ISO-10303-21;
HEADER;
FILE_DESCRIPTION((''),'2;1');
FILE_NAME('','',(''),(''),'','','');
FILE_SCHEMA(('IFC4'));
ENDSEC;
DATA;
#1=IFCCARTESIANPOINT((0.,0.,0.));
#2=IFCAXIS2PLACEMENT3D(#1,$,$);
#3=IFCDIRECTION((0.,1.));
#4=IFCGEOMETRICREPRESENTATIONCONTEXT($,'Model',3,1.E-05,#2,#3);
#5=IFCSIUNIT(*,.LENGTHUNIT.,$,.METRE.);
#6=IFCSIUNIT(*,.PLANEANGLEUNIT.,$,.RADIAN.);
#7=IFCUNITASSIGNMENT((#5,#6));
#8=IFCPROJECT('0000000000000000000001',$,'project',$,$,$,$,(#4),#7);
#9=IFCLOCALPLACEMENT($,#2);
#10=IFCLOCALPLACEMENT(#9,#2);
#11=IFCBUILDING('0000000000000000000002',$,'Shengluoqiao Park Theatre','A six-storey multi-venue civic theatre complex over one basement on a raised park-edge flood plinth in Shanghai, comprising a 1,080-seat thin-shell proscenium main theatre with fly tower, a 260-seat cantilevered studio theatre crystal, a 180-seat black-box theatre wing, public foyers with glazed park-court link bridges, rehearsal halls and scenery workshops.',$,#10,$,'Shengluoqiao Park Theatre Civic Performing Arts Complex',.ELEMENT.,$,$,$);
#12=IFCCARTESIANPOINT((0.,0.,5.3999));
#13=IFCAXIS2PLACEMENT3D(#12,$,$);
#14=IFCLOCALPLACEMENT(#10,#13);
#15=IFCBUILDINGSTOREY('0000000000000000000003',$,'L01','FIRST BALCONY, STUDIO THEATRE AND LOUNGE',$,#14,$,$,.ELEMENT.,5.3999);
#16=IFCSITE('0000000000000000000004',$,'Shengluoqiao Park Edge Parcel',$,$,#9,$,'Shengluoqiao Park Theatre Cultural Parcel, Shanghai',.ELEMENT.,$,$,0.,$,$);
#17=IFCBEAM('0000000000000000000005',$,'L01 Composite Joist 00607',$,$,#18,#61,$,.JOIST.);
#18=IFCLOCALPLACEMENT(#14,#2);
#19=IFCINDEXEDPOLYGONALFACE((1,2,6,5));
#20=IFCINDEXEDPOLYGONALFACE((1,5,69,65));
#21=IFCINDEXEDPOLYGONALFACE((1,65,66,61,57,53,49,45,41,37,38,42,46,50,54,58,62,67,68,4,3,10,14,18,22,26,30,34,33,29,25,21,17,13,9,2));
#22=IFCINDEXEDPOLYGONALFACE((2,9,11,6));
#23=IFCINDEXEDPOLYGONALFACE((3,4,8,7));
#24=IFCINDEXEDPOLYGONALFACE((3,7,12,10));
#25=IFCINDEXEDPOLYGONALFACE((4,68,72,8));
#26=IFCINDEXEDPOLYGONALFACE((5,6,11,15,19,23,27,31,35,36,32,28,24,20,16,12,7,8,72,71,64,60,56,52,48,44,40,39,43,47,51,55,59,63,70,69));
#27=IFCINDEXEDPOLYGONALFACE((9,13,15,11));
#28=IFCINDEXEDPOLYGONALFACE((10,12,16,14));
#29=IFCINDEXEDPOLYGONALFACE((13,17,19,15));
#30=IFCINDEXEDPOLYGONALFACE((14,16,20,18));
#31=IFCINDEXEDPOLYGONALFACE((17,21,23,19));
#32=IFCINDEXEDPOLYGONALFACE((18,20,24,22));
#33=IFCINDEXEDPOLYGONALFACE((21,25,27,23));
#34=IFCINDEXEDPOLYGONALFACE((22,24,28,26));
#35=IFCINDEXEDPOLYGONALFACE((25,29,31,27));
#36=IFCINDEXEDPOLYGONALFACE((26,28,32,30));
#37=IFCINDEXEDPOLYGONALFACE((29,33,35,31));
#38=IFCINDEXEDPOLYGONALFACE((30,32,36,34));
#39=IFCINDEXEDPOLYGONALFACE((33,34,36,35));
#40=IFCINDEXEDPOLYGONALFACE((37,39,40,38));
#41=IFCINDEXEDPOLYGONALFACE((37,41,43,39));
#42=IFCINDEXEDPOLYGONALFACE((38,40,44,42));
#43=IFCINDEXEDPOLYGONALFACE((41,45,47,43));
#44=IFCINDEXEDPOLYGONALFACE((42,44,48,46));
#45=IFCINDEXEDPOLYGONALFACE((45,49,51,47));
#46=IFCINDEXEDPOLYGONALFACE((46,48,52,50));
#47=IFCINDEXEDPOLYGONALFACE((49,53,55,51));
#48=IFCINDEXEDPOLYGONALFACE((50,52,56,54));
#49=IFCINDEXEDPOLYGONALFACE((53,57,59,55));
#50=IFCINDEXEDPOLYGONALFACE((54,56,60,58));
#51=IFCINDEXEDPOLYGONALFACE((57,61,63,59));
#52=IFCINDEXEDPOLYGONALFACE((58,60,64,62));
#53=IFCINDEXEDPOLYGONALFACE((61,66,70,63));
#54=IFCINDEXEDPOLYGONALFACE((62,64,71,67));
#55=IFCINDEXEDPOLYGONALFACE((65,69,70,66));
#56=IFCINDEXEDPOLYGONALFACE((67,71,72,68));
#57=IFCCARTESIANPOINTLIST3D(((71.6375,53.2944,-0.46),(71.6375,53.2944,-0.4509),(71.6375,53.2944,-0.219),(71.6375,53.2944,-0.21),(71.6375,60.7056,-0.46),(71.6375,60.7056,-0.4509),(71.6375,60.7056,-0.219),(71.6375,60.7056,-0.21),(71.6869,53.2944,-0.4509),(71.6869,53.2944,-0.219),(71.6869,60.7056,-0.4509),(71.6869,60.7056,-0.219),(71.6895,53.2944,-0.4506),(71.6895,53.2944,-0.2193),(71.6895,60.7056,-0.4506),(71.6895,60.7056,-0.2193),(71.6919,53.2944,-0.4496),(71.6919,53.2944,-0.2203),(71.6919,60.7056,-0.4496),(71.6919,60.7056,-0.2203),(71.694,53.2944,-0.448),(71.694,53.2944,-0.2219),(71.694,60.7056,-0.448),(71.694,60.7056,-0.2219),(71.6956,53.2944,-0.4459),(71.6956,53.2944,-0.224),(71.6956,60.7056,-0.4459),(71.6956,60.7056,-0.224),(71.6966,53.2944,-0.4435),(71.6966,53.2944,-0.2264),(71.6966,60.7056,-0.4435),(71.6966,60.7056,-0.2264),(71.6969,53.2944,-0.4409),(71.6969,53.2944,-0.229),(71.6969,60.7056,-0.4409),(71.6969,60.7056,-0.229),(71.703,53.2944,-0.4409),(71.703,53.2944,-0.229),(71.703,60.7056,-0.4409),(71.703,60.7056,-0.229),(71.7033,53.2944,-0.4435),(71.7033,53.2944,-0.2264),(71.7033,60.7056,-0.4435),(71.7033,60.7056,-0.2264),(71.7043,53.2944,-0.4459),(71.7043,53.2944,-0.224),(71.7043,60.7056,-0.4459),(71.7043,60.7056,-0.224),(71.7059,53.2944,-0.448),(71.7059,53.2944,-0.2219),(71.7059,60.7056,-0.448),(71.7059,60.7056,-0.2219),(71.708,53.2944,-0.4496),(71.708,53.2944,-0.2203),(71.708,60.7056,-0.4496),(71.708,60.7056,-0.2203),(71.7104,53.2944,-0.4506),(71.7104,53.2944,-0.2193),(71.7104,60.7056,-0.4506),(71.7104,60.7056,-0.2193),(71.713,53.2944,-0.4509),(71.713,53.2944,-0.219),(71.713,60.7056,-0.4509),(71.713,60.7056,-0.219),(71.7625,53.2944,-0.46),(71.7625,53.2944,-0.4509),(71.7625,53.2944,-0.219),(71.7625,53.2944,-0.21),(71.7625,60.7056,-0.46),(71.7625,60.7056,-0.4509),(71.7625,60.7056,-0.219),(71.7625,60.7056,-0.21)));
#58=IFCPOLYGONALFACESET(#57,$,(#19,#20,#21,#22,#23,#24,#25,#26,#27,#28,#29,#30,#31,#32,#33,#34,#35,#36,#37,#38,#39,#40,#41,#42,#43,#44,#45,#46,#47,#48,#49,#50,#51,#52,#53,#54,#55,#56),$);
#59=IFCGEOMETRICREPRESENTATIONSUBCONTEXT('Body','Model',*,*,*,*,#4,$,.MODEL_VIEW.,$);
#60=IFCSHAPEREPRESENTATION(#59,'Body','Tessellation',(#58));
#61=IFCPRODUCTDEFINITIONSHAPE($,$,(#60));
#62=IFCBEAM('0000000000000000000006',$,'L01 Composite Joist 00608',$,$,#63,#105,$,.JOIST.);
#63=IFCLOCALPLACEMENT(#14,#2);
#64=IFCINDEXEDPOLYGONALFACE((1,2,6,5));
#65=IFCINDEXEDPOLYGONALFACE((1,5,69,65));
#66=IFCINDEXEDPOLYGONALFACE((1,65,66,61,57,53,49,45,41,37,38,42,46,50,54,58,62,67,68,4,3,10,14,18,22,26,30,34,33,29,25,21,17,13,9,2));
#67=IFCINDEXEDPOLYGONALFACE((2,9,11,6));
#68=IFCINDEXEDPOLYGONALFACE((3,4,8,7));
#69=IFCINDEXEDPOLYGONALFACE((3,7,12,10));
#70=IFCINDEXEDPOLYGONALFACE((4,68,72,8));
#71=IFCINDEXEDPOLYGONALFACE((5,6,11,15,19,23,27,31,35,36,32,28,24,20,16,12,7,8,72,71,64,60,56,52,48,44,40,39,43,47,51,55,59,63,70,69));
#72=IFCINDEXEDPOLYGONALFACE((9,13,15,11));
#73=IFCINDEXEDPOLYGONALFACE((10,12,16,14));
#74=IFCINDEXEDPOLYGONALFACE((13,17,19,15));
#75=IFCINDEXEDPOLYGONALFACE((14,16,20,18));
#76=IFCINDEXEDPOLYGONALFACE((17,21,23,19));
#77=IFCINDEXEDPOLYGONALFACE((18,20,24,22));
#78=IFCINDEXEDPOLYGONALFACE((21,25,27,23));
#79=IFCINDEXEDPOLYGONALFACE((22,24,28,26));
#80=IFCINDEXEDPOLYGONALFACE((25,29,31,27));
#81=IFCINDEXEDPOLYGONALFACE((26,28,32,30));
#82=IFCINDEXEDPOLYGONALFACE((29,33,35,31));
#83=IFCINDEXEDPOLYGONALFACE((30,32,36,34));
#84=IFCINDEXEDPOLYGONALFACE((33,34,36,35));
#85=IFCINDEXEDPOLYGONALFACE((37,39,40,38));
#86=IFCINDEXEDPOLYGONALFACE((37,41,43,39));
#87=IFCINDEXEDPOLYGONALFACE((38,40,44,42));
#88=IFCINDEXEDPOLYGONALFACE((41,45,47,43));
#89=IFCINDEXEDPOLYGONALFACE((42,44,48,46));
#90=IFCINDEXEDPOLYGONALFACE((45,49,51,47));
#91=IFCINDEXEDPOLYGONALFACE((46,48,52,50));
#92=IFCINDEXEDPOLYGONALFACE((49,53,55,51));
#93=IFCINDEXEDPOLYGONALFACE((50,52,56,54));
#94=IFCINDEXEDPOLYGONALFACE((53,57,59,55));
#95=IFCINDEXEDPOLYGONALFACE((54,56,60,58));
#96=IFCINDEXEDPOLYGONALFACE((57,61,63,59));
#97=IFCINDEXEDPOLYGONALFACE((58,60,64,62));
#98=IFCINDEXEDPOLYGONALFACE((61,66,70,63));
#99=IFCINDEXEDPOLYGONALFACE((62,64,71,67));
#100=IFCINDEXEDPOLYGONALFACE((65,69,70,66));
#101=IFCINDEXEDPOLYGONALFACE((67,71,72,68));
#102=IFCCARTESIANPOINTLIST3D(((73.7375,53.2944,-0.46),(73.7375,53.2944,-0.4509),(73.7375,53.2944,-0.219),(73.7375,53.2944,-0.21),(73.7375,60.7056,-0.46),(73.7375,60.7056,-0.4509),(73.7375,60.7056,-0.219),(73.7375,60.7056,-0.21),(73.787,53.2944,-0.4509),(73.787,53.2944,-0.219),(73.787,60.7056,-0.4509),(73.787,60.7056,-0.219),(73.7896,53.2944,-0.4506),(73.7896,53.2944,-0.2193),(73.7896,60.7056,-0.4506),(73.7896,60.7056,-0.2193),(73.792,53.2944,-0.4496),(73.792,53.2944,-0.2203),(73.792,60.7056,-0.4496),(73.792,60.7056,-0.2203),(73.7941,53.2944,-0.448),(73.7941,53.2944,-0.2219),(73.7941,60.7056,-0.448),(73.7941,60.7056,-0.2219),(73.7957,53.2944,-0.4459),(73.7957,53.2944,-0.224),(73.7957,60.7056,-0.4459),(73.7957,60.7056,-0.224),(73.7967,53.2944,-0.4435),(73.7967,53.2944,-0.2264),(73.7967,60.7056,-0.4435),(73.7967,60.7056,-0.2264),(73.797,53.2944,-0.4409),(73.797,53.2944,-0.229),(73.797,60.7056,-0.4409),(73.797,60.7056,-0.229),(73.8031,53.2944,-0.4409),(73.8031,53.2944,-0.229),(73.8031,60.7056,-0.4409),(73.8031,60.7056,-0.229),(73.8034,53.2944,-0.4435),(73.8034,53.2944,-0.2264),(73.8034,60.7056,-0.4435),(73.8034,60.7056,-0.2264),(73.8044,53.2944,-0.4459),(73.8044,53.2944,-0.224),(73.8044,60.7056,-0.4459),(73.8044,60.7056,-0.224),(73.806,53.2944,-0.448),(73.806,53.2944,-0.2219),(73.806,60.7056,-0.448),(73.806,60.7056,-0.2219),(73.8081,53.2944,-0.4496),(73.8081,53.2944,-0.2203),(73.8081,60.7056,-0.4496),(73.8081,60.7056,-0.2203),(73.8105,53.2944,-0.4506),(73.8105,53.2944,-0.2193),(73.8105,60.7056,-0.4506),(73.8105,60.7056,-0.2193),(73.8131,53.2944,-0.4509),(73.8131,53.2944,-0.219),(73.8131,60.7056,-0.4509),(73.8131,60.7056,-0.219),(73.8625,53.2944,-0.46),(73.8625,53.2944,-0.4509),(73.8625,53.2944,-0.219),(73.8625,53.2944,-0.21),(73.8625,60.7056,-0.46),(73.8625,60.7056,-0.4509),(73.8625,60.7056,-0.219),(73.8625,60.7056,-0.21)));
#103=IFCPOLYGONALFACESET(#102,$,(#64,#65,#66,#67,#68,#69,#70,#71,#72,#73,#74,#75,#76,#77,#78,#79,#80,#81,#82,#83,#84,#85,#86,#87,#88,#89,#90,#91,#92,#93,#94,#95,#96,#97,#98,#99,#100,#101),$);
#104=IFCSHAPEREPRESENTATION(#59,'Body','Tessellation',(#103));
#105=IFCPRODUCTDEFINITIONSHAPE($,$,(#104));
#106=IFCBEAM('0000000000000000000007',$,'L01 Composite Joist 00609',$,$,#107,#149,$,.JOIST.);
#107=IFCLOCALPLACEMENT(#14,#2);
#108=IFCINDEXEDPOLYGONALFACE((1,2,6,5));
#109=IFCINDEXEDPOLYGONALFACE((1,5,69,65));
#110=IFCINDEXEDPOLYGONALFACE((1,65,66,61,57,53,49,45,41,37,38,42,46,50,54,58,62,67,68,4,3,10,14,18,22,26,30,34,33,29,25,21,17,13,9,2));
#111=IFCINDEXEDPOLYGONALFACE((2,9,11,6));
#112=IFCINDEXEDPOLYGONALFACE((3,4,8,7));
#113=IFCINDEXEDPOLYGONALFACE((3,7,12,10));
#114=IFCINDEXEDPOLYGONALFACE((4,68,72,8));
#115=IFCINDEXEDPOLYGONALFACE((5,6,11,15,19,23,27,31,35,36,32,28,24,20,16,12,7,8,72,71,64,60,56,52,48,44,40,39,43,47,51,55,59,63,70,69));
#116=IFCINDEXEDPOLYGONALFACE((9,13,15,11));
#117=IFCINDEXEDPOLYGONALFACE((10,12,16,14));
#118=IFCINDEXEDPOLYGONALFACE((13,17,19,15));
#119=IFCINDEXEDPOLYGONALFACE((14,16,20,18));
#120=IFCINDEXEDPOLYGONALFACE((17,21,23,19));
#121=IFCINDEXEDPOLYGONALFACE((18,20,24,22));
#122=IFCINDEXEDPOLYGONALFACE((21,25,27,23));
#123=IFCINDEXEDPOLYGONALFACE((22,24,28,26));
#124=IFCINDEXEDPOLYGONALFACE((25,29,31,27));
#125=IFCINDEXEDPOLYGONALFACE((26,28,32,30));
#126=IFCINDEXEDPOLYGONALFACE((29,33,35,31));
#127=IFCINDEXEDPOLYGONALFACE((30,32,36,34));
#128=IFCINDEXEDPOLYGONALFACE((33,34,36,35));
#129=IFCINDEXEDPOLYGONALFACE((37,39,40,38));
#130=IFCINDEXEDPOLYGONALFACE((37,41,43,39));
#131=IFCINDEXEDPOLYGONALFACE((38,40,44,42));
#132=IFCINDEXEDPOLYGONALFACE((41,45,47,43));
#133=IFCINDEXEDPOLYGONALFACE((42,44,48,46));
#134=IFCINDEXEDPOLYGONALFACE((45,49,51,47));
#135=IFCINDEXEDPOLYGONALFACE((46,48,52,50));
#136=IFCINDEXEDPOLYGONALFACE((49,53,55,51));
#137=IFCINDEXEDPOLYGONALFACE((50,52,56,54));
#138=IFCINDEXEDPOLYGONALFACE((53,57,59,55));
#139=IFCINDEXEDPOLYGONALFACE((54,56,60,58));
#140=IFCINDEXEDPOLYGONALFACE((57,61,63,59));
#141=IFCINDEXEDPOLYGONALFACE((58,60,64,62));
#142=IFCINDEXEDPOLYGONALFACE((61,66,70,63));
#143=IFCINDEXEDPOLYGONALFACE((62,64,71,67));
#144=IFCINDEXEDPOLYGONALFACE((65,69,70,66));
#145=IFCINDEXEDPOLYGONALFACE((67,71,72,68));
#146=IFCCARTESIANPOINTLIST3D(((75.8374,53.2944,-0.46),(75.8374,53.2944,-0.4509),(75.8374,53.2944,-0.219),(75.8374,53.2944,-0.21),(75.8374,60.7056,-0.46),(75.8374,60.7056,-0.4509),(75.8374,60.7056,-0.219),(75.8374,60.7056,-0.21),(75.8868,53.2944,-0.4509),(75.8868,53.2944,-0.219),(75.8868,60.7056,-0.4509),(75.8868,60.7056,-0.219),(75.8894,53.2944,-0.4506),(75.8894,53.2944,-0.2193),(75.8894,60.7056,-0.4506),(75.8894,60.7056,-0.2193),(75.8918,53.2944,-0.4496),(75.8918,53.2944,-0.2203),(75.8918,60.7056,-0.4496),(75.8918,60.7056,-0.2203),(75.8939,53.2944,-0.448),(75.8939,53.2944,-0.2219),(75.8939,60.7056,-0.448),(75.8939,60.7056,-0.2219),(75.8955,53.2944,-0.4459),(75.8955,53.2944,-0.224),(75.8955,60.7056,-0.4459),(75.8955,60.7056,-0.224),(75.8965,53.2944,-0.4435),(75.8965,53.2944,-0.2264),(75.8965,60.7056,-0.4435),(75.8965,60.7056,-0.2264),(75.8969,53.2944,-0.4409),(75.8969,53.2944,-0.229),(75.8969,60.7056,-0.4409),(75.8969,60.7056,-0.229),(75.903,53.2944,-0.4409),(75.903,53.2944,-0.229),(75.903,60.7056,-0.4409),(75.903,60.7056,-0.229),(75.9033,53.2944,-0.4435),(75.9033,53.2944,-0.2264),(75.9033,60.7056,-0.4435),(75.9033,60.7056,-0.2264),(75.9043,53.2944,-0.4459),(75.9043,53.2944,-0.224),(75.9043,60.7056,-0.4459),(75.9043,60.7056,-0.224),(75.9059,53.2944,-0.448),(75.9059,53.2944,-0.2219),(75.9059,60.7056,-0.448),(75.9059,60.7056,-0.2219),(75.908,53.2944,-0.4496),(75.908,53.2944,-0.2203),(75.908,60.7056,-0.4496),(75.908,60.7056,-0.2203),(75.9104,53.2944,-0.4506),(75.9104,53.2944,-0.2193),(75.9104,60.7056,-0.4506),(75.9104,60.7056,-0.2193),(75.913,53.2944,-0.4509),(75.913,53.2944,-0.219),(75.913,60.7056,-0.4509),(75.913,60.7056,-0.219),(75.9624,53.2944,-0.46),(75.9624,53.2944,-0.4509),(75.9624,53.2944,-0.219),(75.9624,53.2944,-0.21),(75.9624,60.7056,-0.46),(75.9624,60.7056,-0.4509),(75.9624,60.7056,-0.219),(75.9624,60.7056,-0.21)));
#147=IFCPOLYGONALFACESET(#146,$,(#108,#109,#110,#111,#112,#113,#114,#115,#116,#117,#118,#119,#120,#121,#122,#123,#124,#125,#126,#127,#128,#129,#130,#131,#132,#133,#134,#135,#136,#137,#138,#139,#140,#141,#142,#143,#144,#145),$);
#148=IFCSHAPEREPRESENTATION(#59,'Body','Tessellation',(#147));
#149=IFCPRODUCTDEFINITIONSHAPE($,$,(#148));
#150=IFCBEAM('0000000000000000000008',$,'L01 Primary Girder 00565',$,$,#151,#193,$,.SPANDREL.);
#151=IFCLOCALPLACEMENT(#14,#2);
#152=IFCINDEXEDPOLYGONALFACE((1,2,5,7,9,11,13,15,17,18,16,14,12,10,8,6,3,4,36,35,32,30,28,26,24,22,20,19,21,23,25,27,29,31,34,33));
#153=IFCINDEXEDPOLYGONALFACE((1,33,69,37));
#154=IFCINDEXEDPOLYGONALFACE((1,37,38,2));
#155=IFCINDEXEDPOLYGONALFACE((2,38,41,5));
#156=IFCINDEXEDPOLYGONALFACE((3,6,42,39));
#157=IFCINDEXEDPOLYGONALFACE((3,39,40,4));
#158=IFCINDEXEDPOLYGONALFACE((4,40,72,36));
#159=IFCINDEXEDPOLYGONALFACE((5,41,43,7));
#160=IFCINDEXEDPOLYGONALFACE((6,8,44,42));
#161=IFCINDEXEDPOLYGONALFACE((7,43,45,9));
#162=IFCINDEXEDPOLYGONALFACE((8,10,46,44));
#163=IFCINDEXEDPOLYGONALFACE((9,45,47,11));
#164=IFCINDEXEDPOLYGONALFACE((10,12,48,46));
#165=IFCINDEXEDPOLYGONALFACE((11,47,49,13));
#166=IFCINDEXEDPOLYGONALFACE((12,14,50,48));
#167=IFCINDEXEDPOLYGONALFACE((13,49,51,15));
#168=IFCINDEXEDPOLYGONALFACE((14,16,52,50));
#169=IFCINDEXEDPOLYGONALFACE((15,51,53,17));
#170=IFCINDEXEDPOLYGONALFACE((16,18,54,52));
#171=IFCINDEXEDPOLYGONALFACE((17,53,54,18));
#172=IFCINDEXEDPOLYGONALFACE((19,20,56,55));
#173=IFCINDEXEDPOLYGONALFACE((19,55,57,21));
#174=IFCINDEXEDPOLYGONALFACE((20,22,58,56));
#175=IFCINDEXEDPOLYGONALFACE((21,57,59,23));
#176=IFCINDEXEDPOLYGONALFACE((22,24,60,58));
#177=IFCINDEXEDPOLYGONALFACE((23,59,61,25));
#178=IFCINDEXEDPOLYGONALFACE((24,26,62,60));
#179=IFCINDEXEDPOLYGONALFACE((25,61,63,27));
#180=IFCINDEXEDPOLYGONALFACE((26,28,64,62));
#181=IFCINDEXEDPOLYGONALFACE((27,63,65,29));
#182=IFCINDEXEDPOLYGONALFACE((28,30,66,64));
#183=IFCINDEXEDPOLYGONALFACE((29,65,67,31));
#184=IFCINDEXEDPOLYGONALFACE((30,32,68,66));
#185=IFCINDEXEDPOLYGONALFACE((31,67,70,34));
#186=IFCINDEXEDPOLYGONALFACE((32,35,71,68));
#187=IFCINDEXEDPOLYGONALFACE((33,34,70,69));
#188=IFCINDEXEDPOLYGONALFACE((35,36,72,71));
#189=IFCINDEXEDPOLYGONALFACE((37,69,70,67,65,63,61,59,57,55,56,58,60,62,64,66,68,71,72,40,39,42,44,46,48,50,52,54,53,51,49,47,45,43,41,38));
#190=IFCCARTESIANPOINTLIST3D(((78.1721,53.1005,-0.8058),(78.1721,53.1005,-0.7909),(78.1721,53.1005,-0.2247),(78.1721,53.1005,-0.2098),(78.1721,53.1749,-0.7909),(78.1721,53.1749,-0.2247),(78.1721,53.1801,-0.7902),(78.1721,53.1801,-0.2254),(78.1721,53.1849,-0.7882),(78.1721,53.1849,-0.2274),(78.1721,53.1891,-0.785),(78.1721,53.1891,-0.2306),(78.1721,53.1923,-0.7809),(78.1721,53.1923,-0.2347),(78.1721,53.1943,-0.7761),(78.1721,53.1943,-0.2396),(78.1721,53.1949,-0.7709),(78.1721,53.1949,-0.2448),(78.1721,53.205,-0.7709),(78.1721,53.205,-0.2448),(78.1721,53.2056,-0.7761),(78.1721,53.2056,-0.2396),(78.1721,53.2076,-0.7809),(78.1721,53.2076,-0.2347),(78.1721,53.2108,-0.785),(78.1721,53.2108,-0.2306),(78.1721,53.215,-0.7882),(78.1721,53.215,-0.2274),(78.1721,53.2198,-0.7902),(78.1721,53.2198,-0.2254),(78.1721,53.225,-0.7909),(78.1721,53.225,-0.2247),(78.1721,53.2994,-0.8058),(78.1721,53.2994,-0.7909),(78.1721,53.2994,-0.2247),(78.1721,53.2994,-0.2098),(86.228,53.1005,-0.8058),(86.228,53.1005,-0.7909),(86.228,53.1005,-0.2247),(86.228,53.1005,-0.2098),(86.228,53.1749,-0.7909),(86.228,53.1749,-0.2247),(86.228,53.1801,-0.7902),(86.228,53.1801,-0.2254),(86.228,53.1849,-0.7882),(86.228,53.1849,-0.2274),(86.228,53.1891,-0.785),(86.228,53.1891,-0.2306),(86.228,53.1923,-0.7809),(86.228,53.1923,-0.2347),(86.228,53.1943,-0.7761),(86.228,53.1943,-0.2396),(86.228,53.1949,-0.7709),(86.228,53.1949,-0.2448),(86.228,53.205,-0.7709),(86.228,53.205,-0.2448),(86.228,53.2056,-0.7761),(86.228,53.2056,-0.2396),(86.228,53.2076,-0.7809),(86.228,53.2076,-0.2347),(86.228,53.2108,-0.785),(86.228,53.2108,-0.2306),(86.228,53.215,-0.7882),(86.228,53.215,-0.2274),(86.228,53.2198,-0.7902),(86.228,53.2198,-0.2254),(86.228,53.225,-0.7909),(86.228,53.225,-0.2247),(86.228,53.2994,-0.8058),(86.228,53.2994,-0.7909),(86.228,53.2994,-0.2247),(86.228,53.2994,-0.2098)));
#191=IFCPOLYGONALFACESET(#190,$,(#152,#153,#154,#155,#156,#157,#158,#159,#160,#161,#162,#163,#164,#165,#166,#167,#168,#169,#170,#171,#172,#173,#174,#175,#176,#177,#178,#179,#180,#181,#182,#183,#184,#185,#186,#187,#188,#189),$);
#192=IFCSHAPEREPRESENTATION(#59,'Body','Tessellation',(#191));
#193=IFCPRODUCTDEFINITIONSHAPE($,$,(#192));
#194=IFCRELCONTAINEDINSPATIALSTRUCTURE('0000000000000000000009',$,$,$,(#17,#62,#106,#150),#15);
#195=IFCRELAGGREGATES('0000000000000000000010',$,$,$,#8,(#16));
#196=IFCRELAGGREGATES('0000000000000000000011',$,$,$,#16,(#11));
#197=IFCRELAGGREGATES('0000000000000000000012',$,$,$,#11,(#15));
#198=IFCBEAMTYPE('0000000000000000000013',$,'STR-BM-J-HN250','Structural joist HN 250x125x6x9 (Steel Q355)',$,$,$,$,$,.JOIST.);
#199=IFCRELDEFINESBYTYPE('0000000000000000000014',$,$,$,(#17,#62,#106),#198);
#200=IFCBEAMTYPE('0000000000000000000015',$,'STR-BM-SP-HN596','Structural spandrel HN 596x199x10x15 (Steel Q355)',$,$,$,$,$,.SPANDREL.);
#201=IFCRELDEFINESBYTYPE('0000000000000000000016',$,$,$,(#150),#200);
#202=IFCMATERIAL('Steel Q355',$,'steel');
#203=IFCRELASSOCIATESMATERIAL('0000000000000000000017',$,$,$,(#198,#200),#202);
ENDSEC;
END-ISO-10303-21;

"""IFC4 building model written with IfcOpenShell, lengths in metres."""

from ifc_helpers import new_model, si_unit, direction, frame, origin, origin_2d, place, context, subcontext, project, spatial, i_section, extrude, material, material_profile, profile_set, type_object, element, save


model = new_model("IFC4")

# Units and contexts
model_context = context("Model", 3, precision=1e-05, world=origin(), true_north=direction((0.0, 1.0)))
body_context = subcontext(model_context, "Body", "Model", "MODEL_VIEW")
ifc_project = project(units=[si_unit("LENGTHUNIT", "METRE"), si_unit("PLANEANGLEUNIT", "RADIAN")], contexts=[model_context])

# Site, building, storey
site_placement = place(None, origin())
site = spatial("IfcSite", under=ifc_project, at=site_placement, Name="Shengluoqiao Park Edge Parcel", LongName="Shengluoqiao Park Theatre Cultural Parcel, Shanghai", CompositionType="ELEMENT", RefElevation=0.0)
building_placement = place(site_placement, origin())
building = spatial("IfcBuilding", under=site, at=building_placement, Name="Shengluoqiao Park Theatre", Description="A six-storey multi-venue civic theatre complex over one basement on a raised park-edge flood plinth in Shanghai, comprising a 1,080-seat thin-shell proscenium main theatre with fly tower, a 260-seat cantilevered studio theatre crystal, a 180-seat black-box theatre wing, public foyers with glazed park-court link bridges, rehearsal halls and scenery workshops.", LongName="Shengluoqiao Park Theatre Civic Performing Arts Complex", CompositionType="ELEMENT")
storey_placement = place(building_placement, frame((0.0, 0.0, 5.3999)))
storey = spatial("IfcBuildingStorey", under=building, at=storey_placement, Name="L01", Description="FIRST BALCONY, STUDIO THEATRE AND LOUNGE", CompositionType="ELEMENT", Elevation=5.3999)

# Shared definitions
ifc_material_1 = material(Name="Steel Q355", Category="steel")

# Beams
ifc_material_profile_1 = material_profile(ifc_material_1, i_section(OverallWidth=0.125, OverallDepth=0.25, WebThickness=0.0061, FlangeThickness=0.009, FilletRadius=0.01, at=origin_2d()), Name="HN 250x125x6x9")
ifc_profile_set_1 = profile_set([ifc_material_profile_1], Name="Steel Q355")
beam_type_1 = type_object("IfcBeamType", Name="STR-BM-J-HN250", Description="Structural joist HN 250x125x6x9 (Steel Q355)", PredefinedType="JOIST", material=ifc_profile_set_1)
for number, where, z_axis, x_axis, name in (
    (1, (71.7, 53.2944, -0.335), (0.0, 1.0, 0.0), (-1.0, 0.0, 0.0), "L01 Composite Joist 00607"),
    (2, (73.8, 53.2944, -0.335), (0.0, 1.0, 0.0), (-1.0, 0.0, 0.0), "L01 Composite Joist 00608"),
    (3, (75.8999, 53.2944, -0.335), (0.0, 1.0, 0.0), (-1.0, 0.0, 0.0), "L01 Composite Joist 00609"),
):
    element("IfcBeam", number, at=place(storey_placement, frame(where, z_axis=z_axis, x_axis=x_axis)), inside=storey, type_object=beam_type_1, Name=name, PredefinedType="JOIST", context=body_context, shape_type="SweptSolid", body=[
        extrude(i_section(OverallWidth=0.125, OverallDepth=0.25, WebThickness=0.0061, FlangeThickness=0.009, FilletRadius=0.01, at=origin_2d()), origin(), (0.0, 0.0, 1.0), 7.4111),
    ])
ifc_material_profile_2 = material_profile(ifc_material_1, i_section(OverallWidth=0.199, OverallDepth=0.5959, WebThickness=0.01, FlangeThickness=0.0149, FilletRadius=0.02, at=origin_2d()), Name="HN 596x199x10x15")
ifc_profile_set_2 = profile_set([ifc_material_profile_2], Name="Steel Q355")
beam_type_2 = type_object("IfcBeamType", Name="STR-BM-SP-HN596", Description="Structural spandrel HN 596x199x10x15 (Steel Q355)", PredefinedType="SPANDREL", material=ifc_profile_set_2)
beam_1_placement = place(storey_placement, frame((78.1721, 53.2, -0.5078), z_axis=(1.0, 0.0, 0.0), x_axis=(0.0, 1.0, 0.0)))
element("IfcBeam", 4, at=beam_1_placement, inside=storey, type_object=beam_type_2, Name="L01 Primary Girder 00565", PredefinedType="SPANDREL", context=body_context, shape_type="SweptSolid", body=[
    extrude(i_section(OverallWidth=0.199, OverallDepth=0.5959, WebThickness=0.01, FlangeThickness=0.0149, FilletRadius=0.02, at=origin_2d()), origin(), (0.0, 0.0, 1.0), 8.0559),
])

save(model, "model.ifc")
